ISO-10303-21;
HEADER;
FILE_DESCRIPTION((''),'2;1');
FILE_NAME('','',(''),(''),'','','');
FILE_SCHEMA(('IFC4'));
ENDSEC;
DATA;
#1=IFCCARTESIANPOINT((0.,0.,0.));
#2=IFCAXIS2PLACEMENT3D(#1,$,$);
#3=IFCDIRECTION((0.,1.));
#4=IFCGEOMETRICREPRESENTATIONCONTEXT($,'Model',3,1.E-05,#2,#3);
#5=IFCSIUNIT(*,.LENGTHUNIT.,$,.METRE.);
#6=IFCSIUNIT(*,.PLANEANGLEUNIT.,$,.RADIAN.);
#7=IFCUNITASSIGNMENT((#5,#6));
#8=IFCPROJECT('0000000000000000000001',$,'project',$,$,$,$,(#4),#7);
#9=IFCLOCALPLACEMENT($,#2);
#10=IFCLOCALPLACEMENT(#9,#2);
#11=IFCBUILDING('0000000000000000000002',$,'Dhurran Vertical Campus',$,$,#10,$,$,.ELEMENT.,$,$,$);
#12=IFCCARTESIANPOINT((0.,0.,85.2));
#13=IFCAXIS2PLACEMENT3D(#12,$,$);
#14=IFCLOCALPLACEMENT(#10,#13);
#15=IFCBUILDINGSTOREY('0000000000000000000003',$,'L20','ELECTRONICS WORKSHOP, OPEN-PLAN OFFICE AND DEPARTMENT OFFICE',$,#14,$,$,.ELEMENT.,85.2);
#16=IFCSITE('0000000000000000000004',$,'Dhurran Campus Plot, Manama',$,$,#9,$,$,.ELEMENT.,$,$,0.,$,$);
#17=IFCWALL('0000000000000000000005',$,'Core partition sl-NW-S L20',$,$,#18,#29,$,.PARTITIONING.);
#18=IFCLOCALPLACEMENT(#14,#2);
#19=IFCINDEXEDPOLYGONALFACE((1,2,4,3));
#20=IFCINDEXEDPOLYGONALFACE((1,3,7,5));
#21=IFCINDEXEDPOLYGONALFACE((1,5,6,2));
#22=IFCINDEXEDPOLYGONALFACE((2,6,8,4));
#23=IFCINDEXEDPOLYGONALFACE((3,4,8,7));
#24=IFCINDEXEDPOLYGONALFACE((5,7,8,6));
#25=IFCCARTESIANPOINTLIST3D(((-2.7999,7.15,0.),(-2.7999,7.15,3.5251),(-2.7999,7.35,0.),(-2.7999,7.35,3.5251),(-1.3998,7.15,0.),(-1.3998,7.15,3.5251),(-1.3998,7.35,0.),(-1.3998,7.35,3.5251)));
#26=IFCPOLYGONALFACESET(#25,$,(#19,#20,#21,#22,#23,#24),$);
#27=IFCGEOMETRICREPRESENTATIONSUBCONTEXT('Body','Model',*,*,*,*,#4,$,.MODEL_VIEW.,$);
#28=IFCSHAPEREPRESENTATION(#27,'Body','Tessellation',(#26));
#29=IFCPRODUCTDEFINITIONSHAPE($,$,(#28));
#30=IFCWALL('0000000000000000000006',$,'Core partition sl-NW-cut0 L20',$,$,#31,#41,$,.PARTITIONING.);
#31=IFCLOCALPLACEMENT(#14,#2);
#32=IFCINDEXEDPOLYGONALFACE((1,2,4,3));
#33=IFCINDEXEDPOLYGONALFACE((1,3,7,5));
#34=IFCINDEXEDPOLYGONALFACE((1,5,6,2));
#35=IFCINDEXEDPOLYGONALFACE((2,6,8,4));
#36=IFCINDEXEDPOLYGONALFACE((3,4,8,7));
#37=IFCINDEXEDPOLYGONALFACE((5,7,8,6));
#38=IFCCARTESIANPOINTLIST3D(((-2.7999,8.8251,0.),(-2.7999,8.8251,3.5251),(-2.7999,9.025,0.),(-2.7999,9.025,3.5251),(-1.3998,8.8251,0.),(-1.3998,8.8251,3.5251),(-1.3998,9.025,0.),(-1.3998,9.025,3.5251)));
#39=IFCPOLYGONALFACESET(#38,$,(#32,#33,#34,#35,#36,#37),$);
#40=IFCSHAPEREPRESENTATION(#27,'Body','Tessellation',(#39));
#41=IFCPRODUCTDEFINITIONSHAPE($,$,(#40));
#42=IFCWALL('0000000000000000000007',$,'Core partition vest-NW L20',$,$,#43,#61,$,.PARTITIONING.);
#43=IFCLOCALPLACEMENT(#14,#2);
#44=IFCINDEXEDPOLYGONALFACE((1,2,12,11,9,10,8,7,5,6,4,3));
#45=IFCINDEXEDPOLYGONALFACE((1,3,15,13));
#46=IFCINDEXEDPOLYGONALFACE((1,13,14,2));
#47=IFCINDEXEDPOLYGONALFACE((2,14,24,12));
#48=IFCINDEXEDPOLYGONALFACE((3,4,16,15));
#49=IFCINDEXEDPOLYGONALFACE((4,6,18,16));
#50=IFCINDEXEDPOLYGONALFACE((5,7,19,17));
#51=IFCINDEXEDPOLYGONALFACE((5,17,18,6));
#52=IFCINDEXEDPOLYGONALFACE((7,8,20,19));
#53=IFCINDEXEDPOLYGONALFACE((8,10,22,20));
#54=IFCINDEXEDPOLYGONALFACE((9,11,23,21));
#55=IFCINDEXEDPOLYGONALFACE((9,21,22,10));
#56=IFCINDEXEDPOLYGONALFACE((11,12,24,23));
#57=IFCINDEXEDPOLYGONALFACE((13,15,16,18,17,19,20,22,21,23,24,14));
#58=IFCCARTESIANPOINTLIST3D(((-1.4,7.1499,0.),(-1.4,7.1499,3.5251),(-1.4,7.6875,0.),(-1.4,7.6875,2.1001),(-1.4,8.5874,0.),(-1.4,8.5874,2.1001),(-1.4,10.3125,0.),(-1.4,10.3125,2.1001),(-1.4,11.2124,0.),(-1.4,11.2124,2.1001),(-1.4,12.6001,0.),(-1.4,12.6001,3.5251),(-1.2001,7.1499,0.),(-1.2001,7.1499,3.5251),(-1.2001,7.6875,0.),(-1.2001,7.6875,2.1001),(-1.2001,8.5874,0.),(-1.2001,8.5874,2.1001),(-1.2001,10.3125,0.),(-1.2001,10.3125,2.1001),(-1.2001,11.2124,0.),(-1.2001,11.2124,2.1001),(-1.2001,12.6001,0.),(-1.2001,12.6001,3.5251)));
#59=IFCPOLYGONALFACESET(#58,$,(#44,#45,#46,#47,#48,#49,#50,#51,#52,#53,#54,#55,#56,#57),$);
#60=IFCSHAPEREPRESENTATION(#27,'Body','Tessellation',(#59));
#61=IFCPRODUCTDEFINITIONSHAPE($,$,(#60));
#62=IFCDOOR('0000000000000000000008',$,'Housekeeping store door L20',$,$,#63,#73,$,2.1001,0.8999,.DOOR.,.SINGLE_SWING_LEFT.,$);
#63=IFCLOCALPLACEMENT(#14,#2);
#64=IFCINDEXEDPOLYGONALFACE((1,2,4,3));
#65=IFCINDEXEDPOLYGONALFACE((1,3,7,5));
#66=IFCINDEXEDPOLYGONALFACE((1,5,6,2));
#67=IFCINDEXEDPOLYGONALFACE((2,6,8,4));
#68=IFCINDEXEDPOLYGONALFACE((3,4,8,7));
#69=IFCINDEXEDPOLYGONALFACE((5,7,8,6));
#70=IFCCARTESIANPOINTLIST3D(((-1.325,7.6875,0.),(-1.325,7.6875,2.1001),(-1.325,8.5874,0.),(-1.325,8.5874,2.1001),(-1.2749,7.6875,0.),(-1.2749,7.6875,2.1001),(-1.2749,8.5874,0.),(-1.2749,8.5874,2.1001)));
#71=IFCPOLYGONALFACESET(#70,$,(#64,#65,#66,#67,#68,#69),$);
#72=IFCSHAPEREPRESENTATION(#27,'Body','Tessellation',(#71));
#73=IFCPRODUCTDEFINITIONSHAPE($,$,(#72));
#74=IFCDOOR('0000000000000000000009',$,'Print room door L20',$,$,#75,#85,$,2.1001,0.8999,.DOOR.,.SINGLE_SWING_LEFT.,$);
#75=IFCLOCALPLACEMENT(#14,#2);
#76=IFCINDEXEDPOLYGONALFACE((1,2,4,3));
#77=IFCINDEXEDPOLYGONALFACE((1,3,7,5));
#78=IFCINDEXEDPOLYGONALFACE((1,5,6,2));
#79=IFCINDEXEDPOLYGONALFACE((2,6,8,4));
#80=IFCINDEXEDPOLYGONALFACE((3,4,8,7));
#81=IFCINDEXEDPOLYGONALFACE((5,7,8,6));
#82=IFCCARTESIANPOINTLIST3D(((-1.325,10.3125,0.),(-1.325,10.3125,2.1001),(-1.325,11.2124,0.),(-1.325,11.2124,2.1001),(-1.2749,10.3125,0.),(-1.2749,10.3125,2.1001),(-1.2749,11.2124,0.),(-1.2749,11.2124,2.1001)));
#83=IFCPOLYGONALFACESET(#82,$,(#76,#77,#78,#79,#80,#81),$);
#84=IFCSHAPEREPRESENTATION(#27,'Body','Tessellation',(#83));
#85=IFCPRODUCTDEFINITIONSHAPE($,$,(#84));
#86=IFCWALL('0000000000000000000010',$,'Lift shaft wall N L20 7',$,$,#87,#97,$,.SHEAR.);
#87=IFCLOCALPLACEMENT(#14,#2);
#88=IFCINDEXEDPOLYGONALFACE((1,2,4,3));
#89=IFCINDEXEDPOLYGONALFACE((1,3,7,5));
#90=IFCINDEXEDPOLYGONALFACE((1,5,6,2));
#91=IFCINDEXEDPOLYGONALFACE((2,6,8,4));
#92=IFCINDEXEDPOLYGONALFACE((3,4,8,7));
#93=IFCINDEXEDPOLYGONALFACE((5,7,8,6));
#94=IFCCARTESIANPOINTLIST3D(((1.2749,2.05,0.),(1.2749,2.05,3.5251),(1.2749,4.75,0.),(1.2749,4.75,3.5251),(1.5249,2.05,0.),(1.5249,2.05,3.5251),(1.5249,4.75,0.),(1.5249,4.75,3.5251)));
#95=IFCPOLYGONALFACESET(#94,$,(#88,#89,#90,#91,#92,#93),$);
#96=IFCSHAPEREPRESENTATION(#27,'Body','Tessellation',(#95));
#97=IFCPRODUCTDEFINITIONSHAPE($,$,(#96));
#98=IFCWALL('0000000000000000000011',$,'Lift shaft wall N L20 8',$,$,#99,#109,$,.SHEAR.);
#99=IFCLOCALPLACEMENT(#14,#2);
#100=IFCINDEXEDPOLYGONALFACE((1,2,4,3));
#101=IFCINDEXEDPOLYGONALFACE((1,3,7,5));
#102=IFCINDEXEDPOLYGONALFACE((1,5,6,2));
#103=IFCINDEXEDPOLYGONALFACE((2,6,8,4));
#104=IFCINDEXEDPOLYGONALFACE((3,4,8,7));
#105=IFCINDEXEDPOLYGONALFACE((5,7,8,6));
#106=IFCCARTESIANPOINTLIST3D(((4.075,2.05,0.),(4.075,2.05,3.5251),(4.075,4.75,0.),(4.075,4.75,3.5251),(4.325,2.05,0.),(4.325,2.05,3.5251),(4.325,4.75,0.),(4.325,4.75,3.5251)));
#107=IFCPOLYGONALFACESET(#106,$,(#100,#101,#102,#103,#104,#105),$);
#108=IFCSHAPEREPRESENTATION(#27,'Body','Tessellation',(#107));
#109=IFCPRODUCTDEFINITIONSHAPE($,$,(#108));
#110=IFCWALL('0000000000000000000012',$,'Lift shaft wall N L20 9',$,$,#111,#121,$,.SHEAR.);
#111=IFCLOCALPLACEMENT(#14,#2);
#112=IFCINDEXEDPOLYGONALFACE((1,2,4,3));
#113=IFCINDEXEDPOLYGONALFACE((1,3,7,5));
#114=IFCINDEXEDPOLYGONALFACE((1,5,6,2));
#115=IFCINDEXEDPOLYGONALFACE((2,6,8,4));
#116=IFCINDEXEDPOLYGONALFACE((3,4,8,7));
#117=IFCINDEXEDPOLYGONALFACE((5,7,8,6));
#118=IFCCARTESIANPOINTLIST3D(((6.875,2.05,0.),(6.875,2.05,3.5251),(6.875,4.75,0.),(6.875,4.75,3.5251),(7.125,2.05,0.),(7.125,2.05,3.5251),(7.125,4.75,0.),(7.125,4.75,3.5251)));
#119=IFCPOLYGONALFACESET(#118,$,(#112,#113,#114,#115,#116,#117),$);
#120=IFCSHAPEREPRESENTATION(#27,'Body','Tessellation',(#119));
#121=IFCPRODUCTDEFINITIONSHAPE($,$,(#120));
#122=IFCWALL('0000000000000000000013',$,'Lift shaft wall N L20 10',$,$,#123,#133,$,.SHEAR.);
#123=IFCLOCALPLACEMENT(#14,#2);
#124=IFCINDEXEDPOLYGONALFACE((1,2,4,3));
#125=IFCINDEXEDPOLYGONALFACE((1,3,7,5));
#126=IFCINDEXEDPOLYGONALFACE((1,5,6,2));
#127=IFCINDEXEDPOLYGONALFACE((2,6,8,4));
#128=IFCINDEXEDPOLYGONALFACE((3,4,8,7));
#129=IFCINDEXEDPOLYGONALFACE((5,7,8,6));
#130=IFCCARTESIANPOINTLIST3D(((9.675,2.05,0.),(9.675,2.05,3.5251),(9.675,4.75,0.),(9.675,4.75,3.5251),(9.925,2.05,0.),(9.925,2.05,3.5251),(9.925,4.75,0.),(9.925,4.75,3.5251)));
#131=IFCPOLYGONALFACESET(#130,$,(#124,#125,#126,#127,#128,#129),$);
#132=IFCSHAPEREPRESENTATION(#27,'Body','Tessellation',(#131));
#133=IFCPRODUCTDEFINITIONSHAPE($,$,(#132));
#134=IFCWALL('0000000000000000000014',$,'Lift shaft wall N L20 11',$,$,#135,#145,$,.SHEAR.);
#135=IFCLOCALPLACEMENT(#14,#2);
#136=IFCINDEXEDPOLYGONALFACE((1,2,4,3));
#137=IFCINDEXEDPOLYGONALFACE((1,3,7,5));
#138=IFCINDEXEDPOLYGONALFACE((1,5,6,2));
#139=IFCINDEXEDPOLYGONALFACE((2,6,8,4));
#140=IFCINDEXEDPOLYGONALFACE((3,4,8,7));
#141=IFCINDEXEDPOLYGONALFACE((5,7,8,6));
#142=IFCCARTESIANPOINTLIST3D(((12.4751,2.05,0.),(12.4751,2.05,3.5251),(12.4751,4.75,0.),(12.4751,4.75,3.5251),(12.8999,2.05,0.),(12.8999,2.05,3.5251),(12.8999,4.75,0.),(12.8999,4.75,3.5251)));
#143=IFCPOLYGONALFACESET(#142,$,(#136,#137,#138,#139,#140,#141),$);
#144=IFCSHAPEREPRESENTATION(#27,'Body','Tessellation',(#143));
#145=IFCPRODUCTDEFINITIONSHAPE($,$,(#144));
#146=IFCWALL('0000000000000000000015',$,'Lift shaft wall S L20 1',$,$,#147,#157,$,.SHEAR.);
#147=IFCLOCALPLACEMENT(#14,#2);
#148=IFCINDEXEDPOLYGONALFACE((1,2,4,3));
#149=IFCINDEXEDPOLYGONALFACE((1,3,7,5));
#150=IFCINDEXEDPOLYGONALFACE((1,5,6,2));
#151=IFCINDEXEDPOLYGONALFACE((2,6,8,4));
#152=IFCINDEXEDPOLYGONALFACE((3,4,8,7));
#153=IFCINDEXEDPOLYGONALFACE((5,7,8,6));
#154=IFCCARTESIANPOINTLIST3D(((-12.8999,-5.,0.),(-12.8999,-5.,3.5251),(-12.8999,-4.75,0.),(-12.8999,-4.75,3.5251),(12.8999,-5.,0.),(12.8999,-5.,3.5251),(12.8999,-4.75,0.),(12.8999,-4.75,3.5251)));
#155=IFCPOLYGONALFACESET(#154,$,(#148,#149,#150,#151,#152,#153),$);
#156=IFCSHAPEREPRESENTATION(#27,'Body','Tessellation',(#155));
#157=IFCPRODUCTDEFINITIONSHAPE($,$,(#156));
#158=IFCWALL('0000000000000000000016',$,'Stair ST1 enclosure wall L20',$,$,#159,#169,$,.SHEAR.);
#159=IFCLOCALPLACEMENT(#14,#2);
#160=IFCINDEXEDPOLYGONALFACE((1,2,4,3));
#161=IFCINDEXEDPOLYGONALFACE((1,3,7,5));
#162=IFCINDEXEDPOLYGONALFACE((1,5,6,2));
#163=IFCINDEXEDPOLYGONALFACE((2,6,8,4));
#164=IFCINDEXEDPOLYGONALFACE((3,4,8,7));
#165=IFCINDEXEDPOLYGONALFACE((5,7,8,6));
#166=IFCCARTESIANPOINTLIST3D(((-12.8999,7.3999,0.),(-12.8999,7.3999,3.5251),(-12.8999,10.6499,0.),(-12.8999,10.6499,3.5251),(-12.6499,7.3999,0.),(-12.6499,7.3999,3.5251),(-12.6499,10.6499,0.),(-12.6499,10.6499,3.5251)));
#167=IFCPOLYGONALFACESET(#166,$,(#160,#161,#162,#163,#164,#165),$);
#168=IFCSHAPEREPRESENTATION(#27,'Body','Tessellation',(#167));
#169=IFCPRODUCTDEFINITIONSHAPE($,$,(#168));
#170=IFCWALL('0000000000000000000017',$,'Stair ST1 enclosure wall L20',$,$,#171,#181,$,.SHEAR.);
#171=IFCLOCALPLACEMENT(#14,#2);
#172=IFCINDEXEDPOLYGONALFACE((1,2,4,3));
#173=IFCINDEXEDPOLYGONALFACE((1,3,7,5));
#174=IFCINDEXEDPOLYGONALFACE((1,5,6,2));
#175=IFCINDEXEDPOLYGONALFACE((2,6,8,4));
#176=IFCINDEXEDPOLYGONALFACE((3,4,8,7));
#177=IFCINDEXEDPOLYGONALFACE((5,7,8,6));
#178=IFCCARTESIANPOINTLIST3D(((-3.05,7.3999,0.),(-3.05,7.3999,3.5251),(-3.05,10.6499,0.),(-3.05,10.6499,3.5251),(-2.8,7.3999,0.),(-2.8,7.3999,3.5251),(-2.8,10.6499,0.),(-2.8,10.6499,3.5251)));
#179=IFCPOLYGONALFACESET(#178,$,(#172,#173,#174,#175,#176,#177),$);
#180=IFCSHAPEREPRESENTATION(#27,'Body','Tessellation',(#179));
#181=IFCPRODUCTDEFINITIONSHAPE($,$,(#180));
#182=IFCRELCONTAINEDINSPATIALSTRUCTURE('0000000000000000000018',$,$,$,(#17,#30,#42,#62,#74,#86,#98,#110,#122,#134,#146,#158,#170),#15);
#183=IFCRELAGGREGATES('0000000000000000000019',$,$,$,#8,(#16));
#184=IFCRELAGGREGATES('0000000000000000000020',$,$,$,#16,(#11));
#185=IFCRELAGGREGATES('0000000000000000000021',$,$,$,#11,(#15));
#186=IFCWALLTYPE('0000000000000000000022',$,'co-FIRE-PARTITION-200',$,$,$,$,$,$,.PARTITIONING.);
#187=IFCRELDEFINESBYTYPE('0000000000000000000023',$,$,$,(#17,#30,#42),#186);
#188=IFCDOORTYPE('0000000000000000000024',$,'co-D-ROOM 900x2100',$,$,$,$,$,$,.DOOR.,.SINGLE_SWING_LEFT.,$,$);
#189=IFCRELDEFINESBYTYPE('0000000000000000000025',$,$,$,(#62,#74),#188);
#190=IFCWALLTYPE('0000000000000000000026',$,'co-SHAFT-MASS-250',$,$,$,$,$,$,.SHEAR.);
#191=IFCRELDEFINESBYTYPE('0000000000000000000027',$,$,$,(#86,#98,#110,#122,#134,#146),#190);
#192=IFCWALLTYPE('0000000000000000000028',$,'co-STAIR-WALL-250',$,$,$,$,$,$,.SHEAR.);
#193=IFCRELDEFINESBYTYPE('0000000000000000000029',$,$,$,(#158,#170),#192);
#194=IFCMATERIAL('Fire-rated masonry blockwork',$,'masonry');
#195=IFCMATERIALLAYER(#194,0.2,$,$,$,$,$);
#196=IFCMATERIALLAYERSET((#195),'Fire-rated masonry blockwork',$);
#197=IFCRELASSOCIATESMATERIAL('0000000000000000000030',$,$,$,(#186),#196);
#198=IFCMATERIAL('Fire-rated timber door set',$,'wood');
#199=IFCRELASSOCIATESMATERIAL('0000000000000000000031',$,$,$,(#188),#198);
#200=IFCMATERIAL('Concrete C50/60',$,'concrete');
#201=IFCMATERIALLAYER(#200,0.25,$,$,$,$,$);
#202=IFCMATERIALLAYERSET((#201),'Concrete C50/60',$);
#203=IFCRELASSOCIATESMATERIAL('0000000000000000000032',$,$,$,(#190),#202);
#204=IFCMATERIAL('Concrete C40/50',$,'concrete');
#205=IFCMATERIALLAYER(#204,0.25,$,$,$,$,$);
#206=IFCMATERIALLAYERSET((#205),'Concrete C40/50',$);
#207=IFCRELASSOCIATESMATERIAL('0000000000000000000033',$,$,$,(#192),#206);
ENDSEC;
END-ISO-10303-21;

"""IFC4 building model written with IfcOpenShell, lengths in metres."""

from ifc_helpers import new_model, si_unit, direction, frame, frame_2d, origin, place, context, subcontext, project, spatial, polyline, rectangle, outline, extrude, material, layer, layer_set, type_object, element, fill, save


model = new_model("IFC4")

# Units and contexts
model_context = context("Model", 3, precision=1e-05, world=origin(), true_north=direction((0.0, 1.0)))
body_context = subcontext(model_context, "Body", "Model", "MODEL_VIEW")
ifc_project = project(units=[si_unit("LENGTHUNIT", "METRE"), si_unit("PLANEANGLEUNIT", "RADIAN")], contexts=[model_context])

# Site, building, storey
site_placement = place(None, origin())
site = spatial("IfcSite", under=ifc_project, at=site_placement, Name="Dhurran Campus Plot, Manama", CompositionType="ELEMENT", RefElevation=0.0)
building_placement = place(site_placement, origin())
building = spatial("IfcBuilding", under=site, at=building_placement, Name="Dhurran Vertical Campus", CompositionType="ELEMENT")
storey_placement = place(building_placement, frame((0.0, 0.0, 85.2)))
storey = spatial("IfcBuildingStorey", under=building, at=storey_placement, Name="L20", Description="ELECTRONICS WORKSHOP, OPEN-PLAN OFFICE AND DEPARTMENT OFFICE", CompositionType="ELEMENT", Elevation=85.2)

# Walls
ifc_material_1 = material(Name="Fire-rated masonry blockwork", Category="masonry")
ifc_layer_1 = layer(ifc_material_1, 0.2)
ifc_layer_set_1 = layer_set([ifc_layer_1], Name="Fire-rated masonry blockwork")
wall_type_1 = type_object("IfcWallType", Name="co-FIRE-PARTITION-200", PredefinedType="PARTITIONING", material=ifc_layer_set_1)
for number, where, z_axis, x_axis, name in (
    (1, (-2.8, 7.25, 0.0), (0.0, 0.0, 1.0), (1.0, 0.0, 0.0), "Core partition sl-NW-S L20"),
    (2, (-2.8, 8.925, 0.0), (0.0, 0.0, 1.0), (1.0, 0.0, 0.0), "Core partition sl-NW-cut0 L20"),
):
    element("IfcWall", number, at=place(storey_placement, frame(where, z_axis=z_axis, x_axis=x_axis)), inside=storey, type_object=wall_type_1, Name=name, PredefinedType="PARTITIONING", context=body_context, shape_type="SweptSolid", body=[
        extrude(rectangle(XDim=1.4001, YDim=0.2, at=frame_2d((0.7002, 0.0))), origin(), (0.0, 0.0, 1.0), 3.5251),
    ])

# Wall, openings, doors
wall_1_placement = place(storey_placement, frame((-1.3, 7.1499, 0.0), z_axis=(0.0, 0.0, 1.0), x_axis=(0.0, 1.0, 0.0)))
wall_1 = element("IfcWall", 3, at=wall_1_placement, inside=storey, type_object=wall_type_1, Name="Core partition vest-NW L20", PredefinedType="PARTITIONING", context=body_context, shape_type="SweptSolid", body=[
    extrude(rectangle(XDim=5.4502, YDim=0.2, at=frame_2d((2.7251, 0.0))), origin(), (0.0, 0.0, 1.0), 3.5251),
])
opening_1_placement = place(wall_1_placement, frame((0.5376, 0.0, 0.0)))
opening_1 = element("IfcOpeningElement", 4, at=opening_1_placement, cuts=wall_1, PredefinedType="OPENING", context=body_context, shape_type="SweptSolid", body=[
    extrude(rectangle(XDim=0.8999, YDim=2.1001, at=frame_2d((0.45, 1.05))), frame((0.0, 0.1099, 0.0), z_axis=(0.0, -1.0, 0.0), x_axis=(1.0, 0.0, 0.0)), (0.0, 0.0, 1.0), 0.22),
])
opening_2_placement = place(wall_1_placement, frame((3.1626, 0.0, 0.0)))
opening_2 = element("IfcOpeningElement", 5, at=opening_2_placement, cuts=wall_1, PredefinedType="OPENING", context=body_context, shape_type="SweptSolid", body=[
    extrude(rectangle(XDim=0.8999, YDim=2.1001, at=frame_2d((0.45, 1.05))), frame((0.0, 0.1099, 0.0), z_axis=(0.0, -1.0, 0.0), x_axis=(1.0, 0.0, 0.0)), (0.0, 0.0, 1.0), 0.22),
])
ifc_material_2 = material(Name="Fire-rated timber door set", Category="wood")
door_type = type_object("IfcDoorType", Name="co-D-ROOM 900x2100", OperationType="SINGLE_SWING_LEFT", PredefinedType="DOOR", material=ifc_material_2)
door_1_placement = place(opening_1_placement, origin())
door_1 = element("IfcDoor", 6, at=door_1_placement, inside=storey, type_object=door_type, Name="Housekeeping store door L20", OperationType="SINGLE_SWING_LEFT", OverallHeight=2.1001, OverallWidth=0.8999, PredefinedType="DOOR", context=body_context, shape_type="SweptSolid", body=[
    extrude(rectangle(XDim=0.8999, YDim=2.1001, at=frame_2d((0.45, 1.05))), frame((0.0, 0.0249, 0.0), z_axis=(0.0, -1.0, 0.0), x_axis=(1.0, 0.0, 0.0)), (0.0, 0.0, 1.0), 0.05),
])
fill(opening_1, door_1)
door_2_placement = place(opening_2_placement, origin())
door_2 = element("IfcDoor", 7, at=door_2_placement, inside=storey, type_object=door_type, Name="Print room door L20", OperationType="SINGLE_SWING_LEFT", OverallHeight=2.1001, OverallWidth=0.8999, PredefinedType="DOOR", context=body_context, shape_type="SweptSolid", body=[
    extrude(rectangle(XDim=0.8999, YDim=2.1001, at=frame_2d((0.45, 1.05))), frame((0.0, 0.0249, 0.0), z_axis=(0.0, -1.0, 0.0), x_axis=(1.0, 0.0, 0.0)), (0.0, 0.0, 1.0), 0.05),
])
fill(opening_2, door_2)

# Walls
ifc_material_3 = material(Name="Concrete C50/60", Category="concrete")
ifc_layer_2 = layer(ifc_material_3, 0.25)
ifc_layer_set_2 = layer_set([ifc_layer_2], Name="Concrete C50/60")
wall_type_2 = type_object("IfcWallType", Name="co-SHAFT-MASS-250", PredefinedType="SHEAR", material=ifc_layer_set_2)
wall_2_placement = place(storey_placement, origin())
element("IfcWall", 8, at=wall_2_placement, inside=storey, type_object=wall_type_2, Name="Lift shaft wall N L20 7", PredefinedType="SHEAR", context=body_context, shape_type="SweptSolid", body=[
    extrude(outline(polyline([(1.2749, 2.05), (1.5249, 2.05), (1.5249, 4.75), (1.2749, 4.75), (1.2749, 2.05)])), origin(), (0.0, 0.0, 1.0), 3.5251),
])
wall_3_placement = place(storey_placement, origin())
element("IfcWall", 9, at=wall_3_placement, inside=storey, type_object=wall_type_2, Name="Lift shaft wall N L20 8", PredefinedType="SHEAR", context=body_context, shape_type="SweptSolid", body=[
    extrude(outline(polyline([(4.075, 2.05), (4.325, 2.05), (4.325, 4.75), (4.075, 4.75), (4.075, 2.05)])), origin(), (0.0, 0.0, 1.0), 3.5251),
])
wall_4_placement = place(storey_placement, origin())
element("IfcWall", 10, at=wall_4_placement, inside=storey, type_object=wall_type_2, Name="Lift shaft wall N L20 9", PredefinedType="SHEAR", context=body_context, shape_type="SweptSolid", body=[
    extrude(outline(polyline([(6.875, 2.05), (7.125, 2.05), (7.125, 4.75), (6.875, 4.75), (6.875, 2.05)])), origin(), (0.0, 0.0, 1.0), 3.5251),
])
wall_5_placement = place(storey_placement, origin())
element("IfcWall", 11, at=wall_5_placement, inside=storey, type_object=wall_type_2, Name="Lift shaft wall N L20 10", PredefinedType="SHEAR", context=body_context, shape_type="SweptSolid", body=[
    extrude(outline(polyline([(9.675, 2.05), (9.925, 2.05), (9.925, 4.75), (9.675, 4.75), (9.675, 2.05)])), origin(), (0.0, 0.0, 1.0), 3.5251),
])
wall_6_placement = place(storey_placement, origin())
element("IfcWall", 12, at=wall_6_placement, inside=storey, type_object=wall_type_2, Name="Lift shaft wall N L20 11", PredefinedType="SHEAR", context=body_context, shape_type="SweptSolid", body=[
    extrude(outline(polyline([(12.4751, 2.05), (12.8999, 2.05), (12.8999, 4.75), (12.4751, 4.75), (12.4751, 2.05)])), origin(), (0.0, 0.0, 1.0), 3.5251),
])
wall_7_placement = place(storey_placement, origin())
element("IfcWall", 13, at=wall_7_placement, inside=storey, type_object=wall_type_2, Name="Lift shaft wall S L20 1", PredefinedType="SHEAR", context=body_context, shape_type="SweptSolid", body=[
    extrude(outline(polyline([(-12.8999, -5.0), (12.8999, -5.0), (12.8999, -4.75), (-12.8999, -4.75), (-12.8999, -5.0)])), origin(), (0.0, 0.0, 1.0), 3.5251),
])
ifc_material_4 = material(Name="Concrete C40/50", Category="concrete")
ifc_layer_3 = layer(ifc_material_4, 0.25)
ifc_layer_set_3 = layer_set([ifc_layer_3], Name="Concrete C40/50")
wall_type_3 = type_object("IfcWallType", Name="co-STAIR-WALL-250", PredefinedType="SHEAR", material=ifc_layer_set_3)
for number, where, z_axis, x_axis, name in (
    (14, (-12.7749, 7.3999, 0.0), (0.0, 0.0, 1.0), (0.0, 1.0, 0.0), "Stair ST1 enclosure wall L20"),
    (15, (-2.925, 7.3999, 0.0), (0.0, 0.0, 1.0), (0.0, 1.0, 0.0), "Stair ST1 enclosure wall L20"),
):
    element("IfcWall", number, at=place(storey_placement, frame(where, z_axis=z_axis, x_axis=x_axis)), inside=storey, type_object=wall_type_3, Name=name, PredefinedType="SHEAR", context=body_context, shape_type="SweptSolid", body=[
        extrude(rectangle(XDim=3.25, YDim=0.25, at=frame_2d((1.625, 0.0))), origin(), (0.0, 0.0, 1.0), 3.5251),
    ])

save(model, "model.ifc")
